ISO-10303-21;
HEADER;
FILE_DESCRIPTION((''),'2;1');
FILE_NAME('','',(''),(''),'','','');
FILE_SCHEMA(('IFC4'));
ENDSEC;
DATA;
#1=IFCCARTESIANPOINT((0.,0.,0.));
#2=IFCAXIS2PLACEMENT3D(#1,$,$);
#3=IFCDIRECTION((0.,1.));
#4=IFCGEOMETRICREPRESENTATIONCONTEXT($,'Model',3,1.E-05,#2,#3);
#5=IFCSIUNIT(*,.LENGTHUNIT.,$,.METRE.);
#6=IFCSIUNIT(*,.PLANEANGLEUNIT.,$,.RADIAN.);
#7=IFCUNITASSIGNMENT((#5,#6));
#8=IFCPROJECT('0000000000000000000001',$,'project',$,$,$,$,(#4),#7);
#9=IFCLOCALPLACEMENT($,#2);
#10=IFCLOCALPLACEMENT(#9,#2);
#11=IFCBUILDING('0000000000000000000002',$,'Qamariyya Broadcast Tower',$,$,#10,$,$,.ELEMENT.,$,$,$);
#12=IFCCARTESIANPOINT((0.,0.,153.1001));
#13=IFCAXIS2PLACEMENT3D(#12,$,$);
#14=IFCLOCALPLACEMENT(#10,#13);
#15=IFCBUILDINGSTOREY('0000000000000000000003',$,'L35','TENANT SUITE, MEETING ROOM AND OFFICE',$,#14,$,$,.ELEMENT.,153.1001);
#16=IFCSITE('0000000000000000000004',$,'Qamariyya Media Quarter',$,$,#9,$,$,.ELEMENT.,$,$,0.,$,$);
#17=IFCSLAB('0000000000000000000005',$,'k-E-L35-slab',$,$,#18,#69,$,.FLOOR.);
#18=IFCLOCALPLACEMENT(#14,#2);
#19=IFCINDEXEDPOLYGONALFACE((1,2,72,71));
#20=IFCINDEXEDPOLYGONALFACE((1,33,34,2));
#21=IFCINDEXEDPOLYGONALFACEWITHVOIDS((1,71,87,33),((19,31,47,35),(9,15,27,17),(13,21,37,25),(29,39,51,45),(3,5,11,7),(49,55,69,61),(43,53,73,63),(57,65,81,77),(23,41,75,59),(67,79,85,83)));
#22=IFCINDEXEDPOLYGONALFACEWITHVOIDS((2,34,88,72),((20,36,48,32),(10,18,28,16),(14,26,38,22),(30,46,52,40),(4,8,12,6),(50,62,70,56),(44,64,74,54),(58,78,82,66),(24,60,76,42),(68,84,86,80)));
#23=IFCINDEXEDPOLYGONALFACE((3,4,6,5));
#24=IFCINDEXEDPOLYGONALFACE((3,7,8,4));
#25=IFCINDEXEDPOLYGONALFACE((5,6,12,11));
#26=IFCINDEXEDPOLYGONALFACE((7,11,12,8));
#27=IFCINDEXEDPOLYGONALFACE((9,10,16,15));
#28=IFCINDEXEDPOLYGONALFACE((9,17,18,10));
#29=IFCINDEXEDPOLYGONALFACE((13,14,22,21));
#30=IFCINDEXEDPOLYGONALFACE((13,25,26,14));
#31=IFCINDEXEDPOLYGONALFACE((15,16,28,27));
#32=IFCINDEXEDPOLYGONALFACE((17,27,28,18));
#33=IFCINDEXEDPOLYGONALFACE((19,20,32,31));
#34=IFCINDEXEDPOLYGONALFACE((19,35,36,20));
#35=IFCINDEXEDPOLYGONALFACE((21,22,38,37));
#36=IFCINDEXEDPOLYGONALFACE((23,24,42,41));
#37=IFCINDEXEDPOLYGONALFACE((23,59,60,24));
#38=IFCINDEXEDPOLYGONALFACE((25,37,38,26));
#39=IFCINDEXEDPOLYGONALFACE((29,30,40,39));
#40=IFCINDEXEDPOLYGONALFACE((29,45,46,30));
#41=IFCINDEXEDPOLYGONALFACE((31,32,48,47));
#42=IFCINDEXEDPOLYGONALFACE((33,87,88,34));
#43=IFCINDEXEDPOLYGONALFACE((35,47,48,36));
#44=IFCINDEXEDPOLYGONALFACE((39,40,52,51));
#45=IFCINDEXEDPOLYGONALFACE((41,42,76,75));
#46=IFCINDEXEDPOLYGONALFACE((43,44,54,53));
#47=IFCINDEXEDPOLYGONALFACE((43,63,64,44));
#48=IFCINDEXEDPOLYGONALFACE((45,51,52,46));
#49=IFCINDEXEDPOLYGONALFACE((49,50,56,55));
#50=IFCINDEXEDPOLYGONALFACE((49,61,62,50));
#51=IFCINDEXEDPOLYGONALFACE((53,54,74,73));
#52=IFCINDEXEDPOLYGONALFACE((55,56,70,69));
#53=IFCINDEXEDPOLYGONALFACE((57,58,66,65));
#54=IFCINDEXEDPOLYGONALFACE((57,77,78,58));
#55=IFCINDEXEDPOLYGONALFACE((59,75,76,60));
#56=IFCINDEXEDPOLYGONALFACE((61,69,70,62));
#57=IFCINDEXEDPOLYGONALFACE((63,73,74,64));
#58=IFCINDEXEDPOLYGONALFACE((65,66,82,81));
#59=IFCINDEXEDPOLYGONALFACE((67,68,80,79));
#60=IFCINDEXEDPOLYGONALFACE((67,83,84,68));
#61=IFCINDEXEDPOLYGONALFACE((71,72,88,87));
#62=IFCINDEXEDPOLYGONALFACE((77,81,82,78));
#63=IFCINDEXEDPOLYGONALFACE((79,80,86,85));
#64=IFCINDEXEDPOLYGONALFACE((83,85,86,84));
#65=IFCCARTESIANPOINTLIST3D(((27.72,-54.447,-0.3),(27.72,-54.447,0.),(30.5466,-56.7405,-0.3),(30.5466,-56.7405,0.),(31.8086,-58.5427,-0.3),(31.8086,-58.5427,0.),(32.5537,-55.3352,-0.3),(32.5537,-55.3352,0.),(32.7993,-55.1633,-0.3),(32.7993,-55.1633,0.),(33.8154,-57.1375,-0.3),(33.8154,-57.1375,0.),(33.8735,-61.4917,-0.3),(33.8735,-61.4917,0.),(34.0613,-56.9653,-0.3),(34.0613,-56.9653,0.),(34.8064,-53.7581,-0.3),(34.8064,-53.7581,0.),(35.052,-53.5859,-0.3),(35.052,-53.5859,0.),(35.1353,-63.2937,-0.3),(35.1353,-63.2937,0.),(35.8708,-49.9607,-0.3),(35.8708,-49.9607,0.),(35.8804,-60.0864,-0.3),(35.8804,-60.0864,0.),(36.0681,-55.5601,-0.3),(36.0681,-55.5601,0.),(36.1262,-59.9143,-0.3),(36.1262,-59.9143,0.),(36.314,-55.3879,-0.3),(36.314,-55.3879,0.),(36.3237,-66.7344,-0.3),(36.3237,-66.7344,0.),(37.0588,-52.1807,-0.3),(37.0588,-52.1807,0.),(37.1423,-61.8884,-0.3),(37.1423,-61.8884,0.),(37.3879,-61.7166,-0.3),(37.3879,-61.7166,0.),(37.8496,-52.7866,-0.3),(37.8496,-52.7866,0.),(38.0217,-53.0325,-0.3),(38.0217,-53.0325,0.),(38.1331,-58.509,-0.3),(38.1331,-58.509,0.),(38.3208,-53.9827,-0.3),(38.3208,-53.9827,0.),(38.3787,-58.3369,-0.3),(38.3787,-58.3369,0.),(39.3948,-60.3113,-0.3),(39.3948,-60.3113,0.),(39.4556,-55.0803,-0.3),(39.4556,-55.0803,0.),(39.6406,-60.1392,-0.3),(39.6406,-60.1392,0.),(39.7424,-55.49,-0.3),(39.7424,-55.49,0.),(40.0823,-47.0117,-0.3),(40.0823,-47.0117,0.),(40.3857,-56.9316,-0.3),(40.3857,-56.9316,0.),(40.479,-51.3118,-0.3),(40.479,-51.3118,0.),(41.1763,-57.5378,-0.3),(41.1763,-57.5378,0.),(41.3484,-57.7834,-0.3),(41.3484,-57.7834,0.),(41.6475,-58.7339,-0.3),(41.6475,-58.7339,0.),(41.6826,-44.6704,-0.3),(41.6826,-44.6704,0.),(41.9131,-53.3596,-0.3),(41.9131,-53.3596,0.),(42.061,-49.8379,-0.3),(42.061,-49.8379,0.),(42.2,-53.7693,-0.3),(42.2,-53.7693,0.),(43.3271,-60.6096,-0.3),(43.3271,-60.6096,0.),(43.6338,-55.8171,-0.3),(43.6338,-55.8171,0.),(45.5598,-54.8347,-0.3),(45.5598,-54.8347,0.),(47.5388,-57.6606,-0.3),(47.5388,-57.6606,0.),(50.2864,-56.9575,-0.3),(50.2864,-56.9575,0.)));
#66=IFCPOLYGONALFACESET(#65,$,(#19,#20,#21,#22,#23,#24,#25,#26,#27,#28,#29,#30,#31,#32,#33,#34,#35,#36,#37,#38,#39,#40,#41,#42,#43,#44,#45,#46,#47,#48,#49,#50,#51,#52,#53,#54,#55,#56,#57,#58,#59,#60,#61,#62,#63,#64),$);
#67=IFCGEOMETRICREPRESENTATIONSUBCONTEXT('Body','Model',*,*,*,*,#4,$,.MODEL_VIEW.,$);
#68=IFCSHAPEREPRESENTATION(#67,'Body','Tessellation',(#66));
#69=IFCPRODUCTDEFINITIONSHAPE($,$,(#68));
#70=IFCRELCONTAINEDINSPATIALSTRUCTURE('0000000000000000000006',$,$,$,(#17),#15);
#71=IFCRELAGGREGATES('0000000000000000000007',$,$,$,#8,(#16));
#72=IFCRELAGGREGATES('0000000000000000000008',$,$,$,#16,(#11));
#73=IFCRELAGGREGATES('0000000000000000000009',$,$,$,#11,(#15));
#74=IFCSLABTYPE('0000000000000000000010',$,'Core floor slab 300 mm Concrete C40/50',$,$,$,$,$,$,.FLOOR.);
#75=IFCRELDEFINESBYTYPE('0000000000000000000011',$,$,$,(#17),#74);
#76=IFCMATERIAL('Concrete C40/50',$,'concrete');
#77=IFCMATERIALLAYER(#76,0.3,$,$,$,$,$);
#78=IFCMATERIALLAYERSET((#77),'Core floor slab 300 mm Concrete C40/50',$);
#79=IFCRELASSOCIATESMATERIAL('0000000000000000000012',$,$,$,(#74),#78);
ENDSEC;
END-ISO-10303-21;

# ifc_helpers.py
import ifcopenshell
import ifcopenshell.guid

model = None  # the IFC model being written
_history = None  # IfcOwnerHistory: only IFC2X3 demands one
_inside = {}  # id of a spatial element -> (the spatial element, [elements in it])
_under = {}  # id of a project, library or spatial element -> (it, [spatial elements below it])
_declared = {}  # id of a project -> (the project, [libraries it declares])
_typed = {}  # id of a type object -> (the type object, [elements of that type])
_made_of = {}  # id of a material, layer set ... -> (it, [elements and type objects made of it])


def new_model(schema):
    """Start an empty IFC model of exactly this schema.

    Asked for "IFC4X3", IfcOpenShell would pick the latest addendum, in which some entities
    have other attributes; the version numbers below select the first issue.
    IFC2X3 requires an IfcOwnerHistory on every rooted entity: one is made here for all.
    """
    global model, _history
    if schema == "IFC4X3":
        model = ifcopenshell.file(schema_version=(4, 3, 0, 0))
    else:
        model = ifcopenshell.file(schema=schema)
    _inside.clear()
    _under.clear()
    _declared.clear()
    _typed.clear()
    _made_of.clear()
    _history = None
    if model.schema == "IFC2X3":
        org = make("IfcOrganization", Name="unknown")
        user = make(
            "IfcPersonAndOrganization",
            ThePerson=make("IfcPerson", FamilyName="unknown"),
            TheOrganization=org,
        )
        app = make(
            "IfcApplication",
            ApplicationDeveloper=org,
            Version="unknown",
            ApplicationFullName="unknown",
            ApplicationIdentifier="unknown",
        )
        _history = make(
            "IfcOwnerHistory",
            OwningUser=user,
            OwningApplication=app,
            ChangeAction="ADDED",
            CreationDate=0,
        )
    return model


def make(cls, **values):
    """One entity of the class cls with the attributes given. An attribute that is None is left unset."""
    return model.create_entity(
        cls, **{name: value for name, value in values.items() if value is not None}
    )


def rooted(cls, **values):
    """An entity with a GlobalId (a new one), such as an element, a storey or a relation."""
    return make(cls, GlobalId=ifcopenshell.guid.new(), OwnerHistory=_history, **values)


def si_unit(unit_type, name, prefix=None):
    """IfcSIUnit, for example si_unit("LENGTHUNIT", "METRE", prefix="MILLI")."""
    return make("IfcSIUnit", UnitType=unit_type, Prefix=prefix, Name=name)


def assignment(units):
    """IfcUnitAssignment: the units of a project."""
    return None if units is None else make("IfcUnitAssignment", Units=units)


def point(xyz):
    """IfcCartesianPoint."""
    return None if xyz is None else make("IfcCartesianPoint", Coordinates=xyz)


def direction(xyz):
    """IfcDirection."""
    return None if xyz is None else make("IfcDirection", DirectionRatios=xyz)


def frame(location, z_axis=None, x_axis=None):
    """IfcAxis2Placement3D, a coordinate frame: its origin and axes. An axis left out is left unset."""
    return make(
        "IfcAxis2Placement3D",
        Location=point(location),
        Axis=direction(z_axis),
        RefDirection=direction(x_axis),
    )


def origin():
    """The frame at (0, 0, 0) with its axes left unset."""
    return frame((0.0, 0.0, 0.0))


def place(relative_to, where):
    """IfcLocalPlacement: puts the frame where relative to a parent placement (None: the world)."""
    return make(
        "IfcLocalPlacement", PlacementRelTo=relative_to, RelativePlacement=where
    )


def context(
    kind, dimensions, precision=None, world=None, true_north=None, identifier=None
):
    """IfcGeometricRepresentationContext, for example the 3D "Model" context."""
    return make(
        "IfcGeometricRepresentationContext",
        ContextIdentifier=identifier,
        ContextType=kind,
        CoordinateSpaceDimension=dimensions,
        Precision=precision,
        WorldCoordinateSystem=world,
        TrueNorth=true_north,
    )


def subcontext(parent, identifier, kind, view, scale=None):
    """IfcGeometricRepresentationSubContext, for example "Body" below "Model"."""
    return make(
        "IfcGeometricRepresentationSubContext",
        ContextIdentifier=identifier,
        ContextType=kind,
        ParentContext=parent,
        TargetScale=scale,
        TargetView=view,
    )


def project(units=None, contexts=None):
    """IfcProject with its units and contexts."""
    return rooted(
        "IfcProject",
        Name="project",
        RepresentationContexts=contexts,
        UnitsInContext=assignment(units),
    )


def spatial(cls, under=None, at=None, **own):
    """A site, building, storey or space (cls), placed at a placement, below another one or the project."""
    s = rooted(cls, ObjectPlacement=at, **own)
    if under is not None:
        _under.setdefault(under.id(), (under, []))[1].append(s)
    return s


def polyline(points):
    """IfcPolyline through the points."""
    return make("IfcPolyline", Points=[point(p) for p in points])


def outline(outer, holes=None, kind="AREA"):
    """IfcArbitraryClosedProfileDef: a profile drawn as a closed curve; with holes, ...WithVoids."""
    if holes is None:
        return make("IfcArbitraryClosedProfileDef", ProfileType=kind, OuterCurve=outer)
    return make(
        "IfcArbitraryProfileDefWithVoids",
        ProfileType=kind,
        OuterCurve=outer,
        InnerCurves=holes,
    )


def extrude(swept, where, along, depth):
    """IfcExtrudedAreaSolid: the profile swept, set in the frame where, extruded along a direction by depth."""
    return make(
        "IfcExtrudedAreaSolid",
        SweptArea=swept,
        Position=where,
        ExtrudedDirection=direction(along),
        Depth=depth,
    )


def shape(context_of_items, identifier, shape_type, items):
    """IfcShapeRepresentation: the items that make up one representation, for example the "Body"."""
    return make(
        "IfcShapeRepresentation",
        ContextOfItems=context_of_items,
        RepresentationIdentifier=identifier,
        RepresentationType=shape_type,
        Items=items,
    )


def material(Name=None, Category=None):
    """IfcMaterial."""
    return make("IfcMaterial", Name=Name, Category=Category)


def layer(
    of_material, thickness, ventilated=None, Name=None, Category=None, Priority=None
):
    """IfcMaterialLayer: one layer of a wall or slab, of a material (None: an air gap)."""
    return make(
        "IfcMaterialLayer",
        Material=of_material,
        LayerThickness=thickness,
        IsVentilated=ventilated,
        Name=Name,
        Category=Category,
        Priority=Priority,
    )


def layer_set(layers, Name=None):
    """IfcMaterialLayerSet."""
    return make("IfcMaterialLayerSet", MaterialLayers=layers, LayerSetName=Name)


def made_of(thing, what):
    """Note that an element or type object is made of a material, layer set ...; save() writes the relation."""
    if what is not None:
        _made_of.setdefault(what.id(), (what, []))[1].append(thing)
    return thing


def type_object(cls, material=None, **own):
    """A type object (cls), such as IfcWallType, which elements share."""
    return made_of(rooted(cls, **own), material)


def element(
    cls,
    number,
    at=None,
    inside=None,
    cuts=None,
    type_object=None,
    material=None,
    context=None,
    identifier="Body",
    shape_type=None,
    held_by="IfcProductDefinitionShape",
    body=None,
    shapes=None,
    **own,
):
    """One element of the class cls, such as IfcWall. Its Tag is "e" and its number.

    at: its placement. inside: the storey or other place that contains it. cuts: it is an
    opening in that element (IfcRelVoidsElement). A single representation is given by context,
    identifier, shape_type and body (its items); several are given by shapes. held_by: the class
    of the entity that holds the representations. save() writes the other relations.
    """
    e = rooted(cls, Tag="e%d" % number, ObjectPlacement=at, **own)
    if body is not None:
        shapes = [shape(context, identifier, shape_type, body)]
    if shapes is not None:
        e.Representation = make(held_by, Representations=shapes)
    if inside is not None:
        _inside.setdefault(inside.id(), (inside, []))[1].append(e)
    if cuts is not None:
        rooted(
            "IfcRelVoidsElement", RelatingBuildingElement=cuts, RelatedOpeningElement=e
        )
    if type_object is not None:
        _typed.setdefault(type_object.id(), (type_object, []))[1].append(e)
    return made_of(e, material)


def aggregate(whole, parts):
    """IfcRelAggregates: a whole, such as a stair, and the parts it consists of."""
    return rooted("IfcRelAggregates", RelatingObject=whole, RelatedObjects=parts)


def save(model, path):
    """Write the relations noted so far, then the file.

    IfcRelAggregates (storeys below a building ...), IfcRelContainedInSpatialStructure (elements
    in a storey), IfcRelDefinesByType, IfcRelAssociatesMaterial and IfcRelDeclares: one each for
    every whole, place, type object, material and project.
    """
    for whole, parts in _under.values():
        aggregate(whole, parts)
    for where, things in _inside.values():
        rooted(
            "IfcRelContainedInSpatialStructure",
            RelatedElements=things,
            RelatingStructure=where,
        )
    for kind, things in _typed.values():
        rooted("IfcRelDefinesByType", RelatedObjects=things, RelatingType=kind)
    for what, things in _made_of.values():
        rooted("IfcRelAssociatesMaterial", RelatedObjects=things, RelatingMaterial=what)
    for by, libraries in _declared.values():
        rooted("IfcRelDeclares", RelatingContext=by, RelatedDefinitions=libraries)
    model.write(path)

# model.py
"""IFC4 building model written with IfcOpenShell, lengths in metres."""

from ifc_helpers import new_model, si_unit, direction, frame, origin, place, context, subcontext, project, spatial, polyline, outline, extrude, material, layer, layer_set, type_object, element, save


model = new_model("IFC4")

# Units and contexts
model_context = context("Model", 3, precision=1e-05, world=origin(), true_north=direction((0.0, 1.0)))
body_context = subcontext(model_context, "Body", "Model", "MODEL_VIEW")
ifc_project = project(units=[si_unit("LENGTHUNIT", "METRE"), si_unit("PLANEANGLEUNIT", "RADIAN")], contexts=[model_context])

# Site, building, storey
site_placement = place(None, origin())
building_placement = place(site_placement, origin())
storey_placement = place(building_placement, frame((0.0, 0.0, 153.1001)))
site = spatial("IfcSite", under=ifc_project, at=site_placement, Name="Qamariyya Media Quarter", CompositionType="ELEMENT", RefElevation=0.0)
building = spatial("IfcBuilding", under=site, at=building_placement, Name="Qamariyya Broadcast Tower", CompositionType="ELEMENT")
storey = spatial("IfcBuildingStorey", under=building, at=storey_placement, Name="L35", Description="TENANT SUITE, MEETING ROOM AND OFFICE", CompositionType="ELEMENT", Elevation=153.1001)

# Slab
ifc_material_1 = material(Name="Concrete C40/50", Category="concrete")
ifc_layer = layer(ifc_material_1, 0.3)
ifc_layer_set = layer_set([ifc_layer], Name="Core floor slab 300 mm Concrete C40/50")
slab_type = type_object("IfcSlabType", Name="Core floor slab 300 mm Concrete C40/50", PredefinedType="FLOOR", material=ifc_layer_set)
slab_placement = place(storey_placement, frame((0.0, 0.0, -0.3)))
element("IfcSlab", 1, at=slab_placement, inside=storey, type_object=slab_type, Name="k-E-L35-slab", PredefinedType="FLOOR", context=body_context, shape_type="SweptSolid", body=[
    extrude(outline(polyline([(36.3237, -66.7344), (50.2864, -56.9575), (41.6826, -44.6704), (27.72, -54.447), (36.3237, -66.7344)]), holes=[polyline([(31.8086, -58.5427), (33.8154, -57.1375), (32.5537, -55.3352), (30.5466, -56.7405), (31.8086, -58.5427)]), polyline([(34.0613, -56.9653), (36.0681, -55.5601), (34.8064, -53.7581), (32.7993, -55.1633), (34.0613, -56.9653)]), polyline([(36.314, -55.3879), (38.3208, -53.9827), (37.0588, -52.1807), (35.052, -53.5859), (36.314, -55.3879)]), polyline([(33.8735, -61.4917), (35.8804, -60.0864), (37.1423, -61.8884), (35.1353, -63.2937), (33.8735, -61.4917)]), polyline([(36.1262, -59.9143), (38.1331, -58.509), (39.3948, -60.3113), (37.3879, -61.7166), (36.1262, -59.9143)]), polyline([(38.3787, -58.3369), (40.3857, -56.9316), (41.6475, -58.7339), (39.6406, -60.1392), (38.3787, -58.3369)]), polyline([(39.7424, -55.49), (42.2, -53.7693), (43.6338, -55.8171), (41.1763, -57.5378), (39.7424, -55.49)]), polyline([(39.4556, -55.0803), (41.9131, -53.3596), (40.479, -51.3118), (38.0217, -53.0325), (39.4556, -55.0803)]), polyline([(40.0823, -47.0117), (35.8708, -49.9607), (37.8496, -52.7866), (42.061, -49.8379), (40.0823, -47.0117)]), polyline([(45.5598, -54.8347), (41.3484, -57.7834), (43.3271, -60.6096), (47.5388, -57.6606), (45.5598, -54.8347)])]), origin(), (0.0, 0.0, 1.0), 0.3),
])

save(model, "model.ifc")
